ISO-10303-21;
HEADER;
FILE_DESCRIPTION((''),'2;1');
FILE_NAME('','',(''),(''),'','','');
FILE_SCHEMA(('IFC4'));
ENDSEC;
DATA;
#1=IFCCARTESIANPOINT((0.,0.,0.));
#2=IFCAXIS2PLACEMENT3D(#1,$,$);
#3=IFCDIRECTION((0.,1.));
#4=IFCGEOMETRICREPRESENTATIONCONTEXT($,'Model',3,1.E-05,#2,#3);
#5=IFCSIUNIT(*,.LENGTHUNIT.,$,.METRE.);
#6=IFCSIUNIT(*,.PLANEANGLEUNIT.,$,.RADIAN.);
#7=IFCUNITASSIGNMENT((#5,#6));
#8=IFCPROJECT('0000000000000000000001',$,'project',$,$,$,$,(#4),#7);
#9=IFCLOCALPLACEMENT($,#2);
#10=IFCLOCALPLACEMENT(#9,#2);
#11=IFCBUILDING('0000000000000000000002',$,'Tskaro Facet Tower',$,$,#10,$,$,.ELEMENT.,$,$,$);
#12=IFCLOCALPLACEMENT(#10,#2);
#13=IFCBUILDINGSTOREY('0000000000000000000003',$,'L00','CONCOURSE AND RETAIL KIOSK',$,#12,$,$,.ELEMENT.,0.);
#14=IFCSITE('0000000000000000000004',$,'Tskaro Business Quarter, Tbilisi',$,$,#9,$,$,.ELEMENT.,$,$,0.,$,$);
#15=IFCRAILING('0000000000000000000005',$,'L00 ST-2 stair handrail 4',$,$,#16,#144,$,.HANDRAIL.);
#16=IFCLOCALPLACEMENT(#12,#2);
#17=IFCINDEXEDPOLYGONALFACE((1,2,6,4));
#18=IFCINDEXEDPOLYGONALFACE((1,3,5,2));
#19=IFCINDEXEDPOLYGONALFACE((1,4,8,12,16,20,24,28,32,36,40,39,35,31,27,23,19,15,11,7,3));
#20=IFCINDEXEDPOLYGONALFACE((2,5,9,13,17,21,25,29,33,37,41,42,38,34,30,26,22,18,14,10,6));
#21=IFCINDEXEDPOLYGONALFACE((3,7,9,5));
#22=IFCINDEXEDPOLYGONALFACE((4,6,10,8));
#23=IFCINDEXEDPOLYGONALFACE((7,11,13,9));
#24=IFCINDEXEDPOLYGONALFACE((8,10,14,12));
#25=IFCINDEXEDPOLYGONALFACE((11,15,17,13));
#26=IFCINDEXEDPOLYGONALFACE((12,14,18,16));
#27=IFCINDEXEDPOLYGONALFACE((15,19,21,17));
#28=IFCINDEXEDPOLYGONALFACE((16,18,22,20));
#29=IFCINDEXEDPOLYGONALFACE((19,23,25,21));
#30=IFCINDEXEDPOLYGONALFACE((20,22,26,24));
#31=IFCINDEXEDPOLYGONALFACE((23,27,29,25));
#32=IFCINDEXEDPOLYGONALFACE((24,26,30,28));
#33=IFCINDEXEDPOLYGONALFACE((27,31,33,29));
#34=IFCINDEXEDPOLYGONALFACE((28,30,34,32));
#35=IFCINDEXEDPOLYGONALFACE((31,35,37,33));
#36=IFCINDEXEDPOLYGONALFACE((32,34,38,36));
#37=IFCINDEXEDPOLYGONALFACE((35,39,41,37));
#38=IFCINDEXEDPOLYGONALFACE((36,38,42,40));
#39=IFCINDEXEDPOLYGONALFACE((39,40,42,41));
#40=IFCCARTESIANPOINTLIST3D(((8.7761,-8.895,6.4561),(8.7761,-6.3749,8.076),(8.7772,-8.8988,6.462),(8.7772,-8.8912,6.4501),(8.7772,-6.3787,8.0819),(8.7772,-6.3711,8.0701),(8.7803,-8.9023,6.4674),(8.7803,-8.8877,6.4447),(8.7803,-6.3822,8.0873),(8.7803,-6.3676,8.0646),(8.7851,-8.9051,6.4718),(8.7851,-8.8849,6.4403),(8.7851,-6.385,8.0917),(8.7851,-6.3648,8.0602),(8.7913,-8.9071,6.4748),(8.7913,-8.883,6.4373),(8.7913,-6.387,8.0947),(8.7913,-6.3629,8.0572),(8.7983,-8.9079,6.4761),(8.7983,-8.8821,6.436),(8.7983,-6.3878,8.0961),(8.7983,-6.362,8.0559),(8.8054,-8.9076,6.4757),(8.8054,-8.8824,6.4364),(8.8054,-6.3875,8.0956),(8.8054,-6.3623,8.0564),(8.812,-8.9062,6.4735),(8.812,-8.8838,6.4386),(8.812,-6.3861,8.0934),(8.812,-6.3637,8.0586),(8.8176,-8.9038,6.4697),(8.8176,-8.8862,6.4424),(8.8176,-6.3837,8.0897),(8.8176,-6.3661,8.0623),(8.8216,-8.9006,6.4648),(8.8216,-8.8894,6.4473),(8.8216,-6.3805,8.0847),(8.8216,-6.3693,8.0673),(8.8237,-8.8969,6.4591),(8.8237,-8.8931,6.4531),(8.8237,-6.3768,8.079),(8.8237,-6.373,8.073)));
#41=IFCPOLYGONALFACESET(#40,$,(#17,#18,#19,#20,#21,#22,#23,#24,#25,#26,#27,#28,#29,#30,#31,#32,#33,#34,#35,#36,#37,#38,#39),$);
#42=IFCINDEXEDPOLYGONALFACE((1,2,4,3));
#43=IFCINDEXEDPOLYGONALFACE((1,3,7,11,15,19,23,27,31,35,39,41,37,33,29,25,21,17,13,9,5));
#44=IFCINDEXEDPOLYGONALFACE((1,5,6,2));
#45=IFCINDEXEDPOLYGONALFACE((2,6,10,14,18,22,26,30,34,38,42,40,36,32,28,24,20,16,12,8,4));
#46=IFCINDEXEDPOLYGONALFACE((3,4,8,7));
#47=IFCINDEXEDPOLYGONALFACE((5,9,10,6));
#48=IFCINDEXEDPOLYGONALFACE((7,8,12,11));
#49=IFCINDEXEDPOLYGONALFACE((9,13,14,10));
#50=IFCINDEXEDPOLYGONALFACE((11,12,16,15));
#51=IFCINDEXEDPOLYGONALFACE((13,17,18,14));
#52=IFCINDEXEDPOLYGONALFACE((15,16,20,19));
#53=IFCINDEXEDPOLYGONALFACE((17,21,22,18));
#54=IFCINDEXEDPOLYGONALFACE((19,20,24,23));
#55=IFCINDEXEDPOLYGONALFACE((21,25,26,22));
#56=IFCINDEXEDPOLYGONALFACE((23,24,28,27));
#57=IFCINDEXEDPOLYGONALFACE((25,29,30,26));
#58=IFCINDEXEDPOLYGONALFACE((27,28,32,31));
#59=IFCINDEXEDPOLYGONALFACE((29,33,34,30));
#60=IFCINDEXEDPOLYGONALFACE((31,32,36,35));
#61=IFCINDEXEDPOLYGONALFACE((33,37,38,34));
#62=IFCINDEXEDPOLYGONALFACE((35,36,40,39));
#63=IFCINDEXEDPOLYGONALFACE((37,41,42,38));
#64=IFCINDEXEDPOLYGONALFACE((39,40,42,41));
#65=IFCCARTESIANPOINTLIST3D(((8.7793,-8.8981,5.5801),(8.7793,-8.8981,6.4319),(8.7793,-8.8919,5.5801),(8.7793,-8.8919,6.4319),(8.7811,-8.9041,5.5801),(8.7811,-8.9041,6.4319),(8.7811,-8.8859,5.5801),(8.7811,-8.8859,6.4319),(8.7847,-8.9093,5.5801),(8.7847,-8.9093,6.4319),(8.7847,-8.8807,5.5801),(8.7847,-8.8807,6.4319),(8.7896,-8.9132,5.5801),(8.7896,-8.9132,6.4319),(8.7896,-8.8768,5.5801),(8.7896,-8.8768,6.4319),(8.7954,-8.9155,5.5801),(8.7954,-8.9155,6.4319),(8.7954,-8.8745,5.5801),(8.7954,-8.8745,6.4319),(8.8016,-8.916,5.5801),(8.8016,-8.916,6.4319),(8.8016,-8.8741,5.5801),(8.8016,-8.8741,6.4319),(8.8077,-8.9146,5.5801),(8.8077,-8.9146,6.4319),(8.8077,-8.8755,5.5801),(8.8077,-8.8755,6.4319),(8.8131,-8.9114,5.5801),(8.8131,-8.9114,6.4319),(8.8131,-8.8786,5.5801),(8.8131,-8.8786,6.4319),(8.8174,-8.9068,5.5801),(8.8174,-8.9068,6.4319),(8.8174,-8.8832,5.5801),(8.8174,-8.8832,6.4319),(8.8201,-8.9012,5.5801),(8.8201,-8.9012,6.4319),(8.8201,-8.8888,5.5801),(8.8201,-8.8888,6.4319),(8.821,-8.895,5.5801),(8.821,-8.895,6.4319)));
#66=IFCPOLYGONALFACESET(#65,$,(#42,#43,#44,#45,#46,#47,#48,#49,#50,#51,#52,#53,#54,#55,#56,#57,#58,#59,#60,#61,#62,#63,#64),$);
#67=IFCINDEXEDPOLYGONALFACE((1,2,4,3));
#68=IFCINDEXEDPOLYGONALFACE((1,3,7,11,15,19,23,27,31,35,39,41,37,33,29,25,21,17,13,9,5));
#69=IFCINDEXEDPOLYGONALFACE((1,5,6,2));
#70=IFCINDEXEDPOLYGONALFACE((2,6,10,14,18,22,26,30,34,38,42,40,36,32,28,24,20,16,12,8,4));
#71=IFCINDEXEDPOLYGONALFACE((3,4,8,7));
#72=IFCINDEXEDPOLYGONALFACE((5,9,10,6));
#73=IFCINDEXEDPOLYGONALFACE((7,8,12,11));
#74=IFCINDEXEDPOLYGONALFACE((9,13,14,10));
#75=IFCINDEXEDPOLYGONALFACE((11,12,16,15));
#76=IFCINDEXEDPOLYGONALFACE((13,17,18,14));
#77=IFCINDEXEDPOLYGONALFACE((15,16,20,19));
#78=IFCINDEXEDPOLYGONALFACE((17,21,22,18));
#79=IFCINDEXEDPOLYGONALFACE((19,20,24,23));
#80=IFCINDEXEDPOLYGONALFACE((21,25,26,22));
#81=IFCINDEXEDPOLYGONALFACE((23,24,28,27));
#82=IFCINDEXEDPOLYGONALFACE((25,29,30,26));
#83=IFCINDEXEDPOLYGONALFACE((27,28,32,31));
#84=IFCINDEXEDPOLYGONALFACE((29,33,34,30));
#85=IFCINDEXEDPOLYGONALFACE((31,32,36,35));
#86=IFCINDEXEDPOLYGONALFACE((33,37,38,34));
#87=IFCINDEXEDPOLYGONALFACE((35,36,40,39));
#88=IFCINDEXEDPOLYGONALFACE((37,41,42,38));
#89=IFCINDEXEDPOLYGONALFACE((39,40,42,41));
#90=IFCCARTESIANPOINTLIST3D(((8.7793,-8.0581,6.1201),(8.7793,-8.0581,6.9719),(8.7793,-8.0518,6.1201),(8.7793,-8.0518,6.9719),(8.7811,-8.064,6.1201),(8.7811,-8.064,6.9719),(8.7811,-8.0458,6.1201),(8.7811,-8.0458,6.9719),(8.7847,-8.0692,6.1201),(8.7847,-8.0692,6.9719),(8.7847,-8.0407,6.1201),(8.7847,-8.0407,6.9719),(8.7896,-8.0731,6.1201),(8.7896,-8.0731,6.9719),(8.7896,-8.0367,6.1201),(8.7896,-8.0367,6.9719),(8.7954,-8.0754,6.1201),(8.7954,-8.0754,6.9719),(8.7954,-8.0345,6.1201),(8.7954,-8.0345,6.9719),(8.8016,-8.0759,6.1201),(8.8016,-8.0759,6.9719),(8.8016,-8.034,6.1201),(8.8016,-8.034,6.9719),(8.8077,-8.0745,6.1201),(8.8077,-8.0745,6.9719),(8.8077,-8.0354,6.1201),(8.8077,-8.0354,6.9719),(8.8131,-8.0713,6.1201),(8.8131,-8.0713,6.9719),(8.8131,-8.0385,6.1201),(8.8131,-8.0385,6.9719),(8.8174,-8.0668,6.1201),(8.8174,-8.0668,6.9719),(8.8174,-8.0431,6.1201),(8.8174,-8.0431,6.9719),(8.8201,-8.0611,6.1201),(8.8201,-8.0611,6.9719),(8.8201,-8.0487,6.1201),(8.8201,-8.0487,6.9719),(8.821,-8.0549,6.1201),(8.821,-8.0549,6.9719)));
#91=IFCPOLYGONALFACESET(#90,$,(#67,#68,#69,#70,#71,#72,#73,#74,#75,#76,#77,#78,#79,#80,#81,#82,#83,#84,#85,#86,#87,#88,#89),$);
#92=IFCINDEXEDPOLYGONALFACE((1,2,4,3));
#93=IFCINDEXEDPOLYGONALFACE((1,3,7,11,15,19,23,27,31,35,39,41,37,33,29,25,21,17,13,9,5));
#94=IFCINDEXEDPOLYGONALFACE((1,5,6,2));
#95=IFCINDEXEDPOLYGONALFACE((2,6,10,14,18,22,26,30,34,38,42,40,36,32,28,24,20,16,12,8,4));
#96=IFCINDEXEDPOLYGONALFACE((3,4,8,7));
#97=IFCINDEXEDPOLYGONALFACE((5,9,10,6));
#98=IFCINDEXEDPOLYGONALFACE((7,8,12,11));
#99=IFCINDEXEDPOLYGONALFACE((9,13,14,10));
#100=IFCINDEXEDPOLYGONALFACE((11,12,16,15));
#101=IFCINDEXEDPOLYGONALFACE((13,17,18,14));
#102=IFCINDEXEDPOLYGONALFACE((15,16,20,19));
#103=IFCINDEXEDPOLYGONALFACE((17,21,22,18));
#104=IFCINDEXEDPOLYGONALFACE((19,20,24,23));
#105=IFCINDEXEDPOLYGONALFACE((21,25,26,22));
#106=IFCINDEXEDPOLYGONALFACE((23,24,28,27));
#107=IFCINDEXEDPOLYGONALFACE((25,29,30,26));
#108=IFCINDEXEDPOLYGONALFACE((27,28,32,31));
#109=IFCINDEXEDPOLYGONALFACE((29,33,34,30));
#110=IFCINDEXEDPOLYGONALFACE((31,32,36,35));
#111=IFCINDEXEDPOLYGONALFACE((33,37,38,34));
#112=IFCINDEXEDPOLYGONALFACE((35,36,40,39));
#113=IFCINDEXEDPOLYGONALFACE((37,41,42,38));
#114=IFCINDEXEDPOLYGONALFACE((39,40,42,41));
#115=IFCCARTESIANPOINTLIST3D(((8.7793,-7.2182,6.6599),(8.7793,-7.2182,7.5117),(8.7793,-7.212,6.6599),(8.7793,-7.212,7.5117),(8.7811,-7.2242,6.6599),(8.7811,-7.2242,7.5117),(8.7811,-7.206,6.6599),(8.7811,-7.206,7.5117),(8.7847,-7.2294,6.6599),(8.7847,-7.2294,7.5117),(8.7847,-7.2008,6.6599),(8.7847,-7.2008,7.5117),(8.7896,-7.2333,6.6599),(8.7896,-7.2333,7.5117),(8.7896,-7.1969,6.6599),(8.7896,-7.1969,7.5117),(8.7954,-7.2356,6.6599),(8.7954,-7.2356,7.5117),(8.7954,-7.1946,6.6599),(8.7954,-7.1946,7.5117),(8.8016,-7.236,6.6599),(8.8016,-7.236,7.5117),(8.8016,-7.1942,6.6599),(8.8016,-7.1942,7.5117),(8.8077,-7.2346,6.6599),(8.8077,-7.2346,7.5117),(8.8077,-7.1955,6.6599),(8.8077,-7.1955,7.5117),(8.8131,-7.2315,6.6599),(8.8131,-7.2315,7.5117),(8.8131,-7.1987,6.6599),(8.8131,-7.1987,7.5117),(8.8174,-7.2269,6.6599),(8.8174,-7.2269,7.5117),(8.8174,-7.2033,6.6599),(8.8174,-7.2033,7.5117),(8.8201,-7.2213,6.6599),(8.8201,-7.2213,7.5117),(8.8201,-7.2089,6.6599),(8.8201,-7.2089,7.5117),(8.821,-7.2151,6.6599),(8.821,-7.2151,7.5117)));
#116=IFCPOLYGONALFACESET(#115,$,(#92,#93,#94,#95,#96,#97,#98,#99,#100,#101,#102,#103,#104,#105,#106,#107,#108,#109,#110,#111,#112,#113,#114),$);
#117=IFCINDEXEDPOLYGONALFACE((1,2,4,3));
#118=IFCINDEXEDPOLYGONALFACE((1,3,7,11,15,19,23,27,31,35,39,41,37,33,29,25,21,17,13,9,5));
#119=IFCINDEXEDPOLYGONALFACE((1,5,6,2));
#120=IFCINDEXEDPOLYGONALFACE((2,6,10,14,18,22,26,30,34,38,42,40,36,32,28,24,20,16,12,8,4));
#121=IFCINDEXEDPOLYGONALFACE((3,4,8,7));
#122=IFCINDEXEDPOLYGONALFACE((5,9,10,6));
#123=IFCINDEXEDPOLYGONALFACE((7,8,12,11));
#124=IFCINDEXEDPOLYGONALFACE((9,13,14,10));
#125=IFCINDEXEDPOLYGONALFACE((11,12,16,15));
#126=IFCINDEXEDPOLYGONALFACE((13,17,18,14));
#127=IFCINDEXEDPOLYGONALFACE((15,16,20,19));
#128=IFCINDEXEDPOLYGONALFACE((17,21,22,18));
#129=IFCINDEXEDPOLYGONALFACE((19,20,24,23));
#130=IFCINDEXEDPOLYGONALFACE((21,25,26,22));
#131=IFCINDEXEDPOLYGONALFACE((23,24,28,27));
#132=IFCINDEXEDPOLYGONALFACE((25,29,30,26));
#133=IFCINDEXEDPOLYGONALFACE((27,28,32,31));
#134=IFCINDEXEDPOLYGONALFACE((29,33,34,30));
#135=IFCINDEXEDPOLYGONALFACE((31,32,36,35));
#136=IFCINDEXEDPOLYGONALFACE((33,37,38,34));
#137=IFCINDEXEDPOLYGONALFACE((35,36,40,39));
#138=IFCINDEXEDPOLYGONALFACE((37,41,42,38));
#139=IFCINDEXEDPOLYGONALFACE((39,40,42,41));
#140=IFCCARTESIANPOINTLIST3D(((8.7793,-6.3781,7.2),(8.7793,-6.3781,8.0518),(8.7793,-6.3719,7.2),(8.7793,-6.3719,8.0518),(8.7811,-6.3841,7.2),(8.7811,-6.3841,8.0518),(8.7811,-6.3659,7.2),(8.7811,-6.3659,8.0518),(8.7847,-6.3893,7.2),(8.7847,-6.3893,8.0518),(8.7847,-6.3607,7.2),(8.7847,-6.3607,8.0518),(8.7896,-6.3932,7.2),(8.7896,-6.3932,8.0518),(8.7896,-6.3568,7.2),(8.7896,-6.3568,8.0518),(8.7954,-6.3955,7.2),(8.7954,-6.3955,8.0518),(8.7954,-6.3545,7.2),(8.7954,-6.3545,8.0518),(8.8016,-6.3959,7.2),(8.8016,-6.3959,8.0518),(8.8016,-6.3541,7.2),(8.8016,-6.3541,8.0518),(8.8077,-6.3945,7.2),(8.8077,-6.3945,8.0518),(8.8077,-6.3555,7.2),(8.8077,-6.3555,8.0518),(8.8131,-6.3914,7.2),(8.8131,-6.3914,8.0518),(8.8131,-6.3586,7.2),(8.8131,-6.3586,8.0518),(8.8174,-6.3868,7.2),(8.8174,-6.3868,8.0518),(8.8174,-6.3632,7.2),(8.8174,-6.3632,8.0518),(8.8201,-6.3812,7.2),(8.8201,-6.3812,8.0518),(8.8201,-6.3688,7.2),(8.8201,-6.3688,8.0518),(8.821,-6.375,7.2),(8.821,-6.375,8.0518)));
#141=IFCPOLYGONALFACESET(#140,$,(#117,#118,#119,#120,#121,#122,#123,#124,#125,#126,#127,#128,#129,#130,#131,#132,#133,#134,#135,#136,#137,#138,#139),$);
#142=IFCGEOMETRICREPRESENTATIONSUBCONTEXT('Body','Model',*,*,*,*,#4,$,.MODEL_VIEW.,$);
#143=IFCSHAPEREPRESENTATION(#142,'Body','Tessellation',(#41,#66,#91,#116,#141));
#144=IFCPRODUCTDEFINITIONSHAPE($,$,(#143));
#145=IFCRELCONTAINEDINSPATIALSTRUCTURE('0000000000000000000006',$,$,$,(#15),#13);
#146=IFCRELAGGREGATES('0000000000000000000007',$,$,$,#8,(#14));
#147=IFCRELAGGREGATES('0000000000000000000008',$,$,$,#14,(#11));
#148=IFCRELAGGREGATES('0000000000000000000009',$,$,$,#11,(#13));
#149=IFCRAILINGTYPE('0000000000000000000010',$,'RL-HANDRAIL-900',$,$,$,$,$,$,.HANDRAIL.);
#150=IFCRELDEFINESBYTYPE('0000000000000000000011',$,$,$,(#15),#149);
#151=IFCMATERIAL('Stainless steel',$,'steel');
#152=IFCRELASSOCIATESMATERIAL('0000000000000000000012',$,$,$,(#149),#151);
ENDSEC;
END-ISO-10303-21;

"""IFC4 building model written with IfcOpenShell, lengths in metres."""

from ifc_helpers import new_model, si_unit, direction, frame, origin, origin_2d, place, context, subcontext, project, spatial, circle, extrude, material, type_object, element, save


model = new_model("IFC4")

# Units and contexts
model_context = context("Model", 3, precision=1e-05, world=origin(), true_north=direction((0.0, 1.0)))
body_context = subcontext(model_context, "Body", "Model", "MODEL_VIEW")
ifc_project = project(units=[si_unit("LENGTHUNIT", "METRE"), si_unit("PLANEANGLEUNIT", "RADIAN")], contexts=[model_context])

# Site, building, storey
site_placement = place(None, origin())
site = spatial("IfcSite", under=ifc_project, at=site_placement, Name="Tskaro Business Quarter, Tbilisi", CompositionType="ELEMENT", RefElevation=0.0)
building_placement = place(site_placement, origin())
building = spatial("IfcBuilding", under=site, at=building_placement, Name="Tskaro Facet Tower", CompositionType="ELEMENT")
storey_placement = place(building_placement, origin())
storey = spatial("IfcBuildingStorey", under=building, at=storey_placement, Name="L00", Description="CONCOURSE AND RETAIL KIOSK", CompositionType="ELEMENT", Elevation=0.0)

# Shared definitions
ifc_material_1 = material(Name="Stainless steel", Category="steel")

# Railing
railing_type = type_object("IfcRailingType", Name="RL-HANDRAIL-900", PredefinedType="HANDRAIL", material=ifc_material_1)
railing_1_placement = place(storey_placement, frame((8.8, -8.895, 5.5801)))
element("IfcRailing", 1, at=railing_1_placement, inside=storey, type_object=railing_type, Name="L00 ST-2 stair handrail 4", PredefinedType="HANDRAIL", context=body_context, shape_type="SweptSolid", body=[
    extrude(circle(Radius=0.0239, at=origin_2d()), frame((0.0, 0.0, 0.876), z_axis=(0.0, 0.8412, 0.540725), x_axis=(-1.0, 0.0, 0.0)), (0.0, 0.0, 1.0), 2.9958),
    extrude(circle(Radius=0.021, at=origin_2d()), origin(), (0.0, 0.0, 1.0), 0.8518),
    extrude(circle(Radius=0.021, at=origin_2d()), frame((0.0, 0.8401, 0.54)), (0.0, 0.0, 1.0), 0.8518),
    extrude(circle(Radius=0.021, at=origin_2d()), frame((0.0, 1.6799, 1.0798)), (0.0, 0.0, 1.0), 0.8518),
    extrude(circle(Radius=0.021, at=origin_2d()), frame((0.0, 2.52, 1.6199)), (0.0, 0.0, 1.0), 0.8518),
])

save(model, "model.ifc")
